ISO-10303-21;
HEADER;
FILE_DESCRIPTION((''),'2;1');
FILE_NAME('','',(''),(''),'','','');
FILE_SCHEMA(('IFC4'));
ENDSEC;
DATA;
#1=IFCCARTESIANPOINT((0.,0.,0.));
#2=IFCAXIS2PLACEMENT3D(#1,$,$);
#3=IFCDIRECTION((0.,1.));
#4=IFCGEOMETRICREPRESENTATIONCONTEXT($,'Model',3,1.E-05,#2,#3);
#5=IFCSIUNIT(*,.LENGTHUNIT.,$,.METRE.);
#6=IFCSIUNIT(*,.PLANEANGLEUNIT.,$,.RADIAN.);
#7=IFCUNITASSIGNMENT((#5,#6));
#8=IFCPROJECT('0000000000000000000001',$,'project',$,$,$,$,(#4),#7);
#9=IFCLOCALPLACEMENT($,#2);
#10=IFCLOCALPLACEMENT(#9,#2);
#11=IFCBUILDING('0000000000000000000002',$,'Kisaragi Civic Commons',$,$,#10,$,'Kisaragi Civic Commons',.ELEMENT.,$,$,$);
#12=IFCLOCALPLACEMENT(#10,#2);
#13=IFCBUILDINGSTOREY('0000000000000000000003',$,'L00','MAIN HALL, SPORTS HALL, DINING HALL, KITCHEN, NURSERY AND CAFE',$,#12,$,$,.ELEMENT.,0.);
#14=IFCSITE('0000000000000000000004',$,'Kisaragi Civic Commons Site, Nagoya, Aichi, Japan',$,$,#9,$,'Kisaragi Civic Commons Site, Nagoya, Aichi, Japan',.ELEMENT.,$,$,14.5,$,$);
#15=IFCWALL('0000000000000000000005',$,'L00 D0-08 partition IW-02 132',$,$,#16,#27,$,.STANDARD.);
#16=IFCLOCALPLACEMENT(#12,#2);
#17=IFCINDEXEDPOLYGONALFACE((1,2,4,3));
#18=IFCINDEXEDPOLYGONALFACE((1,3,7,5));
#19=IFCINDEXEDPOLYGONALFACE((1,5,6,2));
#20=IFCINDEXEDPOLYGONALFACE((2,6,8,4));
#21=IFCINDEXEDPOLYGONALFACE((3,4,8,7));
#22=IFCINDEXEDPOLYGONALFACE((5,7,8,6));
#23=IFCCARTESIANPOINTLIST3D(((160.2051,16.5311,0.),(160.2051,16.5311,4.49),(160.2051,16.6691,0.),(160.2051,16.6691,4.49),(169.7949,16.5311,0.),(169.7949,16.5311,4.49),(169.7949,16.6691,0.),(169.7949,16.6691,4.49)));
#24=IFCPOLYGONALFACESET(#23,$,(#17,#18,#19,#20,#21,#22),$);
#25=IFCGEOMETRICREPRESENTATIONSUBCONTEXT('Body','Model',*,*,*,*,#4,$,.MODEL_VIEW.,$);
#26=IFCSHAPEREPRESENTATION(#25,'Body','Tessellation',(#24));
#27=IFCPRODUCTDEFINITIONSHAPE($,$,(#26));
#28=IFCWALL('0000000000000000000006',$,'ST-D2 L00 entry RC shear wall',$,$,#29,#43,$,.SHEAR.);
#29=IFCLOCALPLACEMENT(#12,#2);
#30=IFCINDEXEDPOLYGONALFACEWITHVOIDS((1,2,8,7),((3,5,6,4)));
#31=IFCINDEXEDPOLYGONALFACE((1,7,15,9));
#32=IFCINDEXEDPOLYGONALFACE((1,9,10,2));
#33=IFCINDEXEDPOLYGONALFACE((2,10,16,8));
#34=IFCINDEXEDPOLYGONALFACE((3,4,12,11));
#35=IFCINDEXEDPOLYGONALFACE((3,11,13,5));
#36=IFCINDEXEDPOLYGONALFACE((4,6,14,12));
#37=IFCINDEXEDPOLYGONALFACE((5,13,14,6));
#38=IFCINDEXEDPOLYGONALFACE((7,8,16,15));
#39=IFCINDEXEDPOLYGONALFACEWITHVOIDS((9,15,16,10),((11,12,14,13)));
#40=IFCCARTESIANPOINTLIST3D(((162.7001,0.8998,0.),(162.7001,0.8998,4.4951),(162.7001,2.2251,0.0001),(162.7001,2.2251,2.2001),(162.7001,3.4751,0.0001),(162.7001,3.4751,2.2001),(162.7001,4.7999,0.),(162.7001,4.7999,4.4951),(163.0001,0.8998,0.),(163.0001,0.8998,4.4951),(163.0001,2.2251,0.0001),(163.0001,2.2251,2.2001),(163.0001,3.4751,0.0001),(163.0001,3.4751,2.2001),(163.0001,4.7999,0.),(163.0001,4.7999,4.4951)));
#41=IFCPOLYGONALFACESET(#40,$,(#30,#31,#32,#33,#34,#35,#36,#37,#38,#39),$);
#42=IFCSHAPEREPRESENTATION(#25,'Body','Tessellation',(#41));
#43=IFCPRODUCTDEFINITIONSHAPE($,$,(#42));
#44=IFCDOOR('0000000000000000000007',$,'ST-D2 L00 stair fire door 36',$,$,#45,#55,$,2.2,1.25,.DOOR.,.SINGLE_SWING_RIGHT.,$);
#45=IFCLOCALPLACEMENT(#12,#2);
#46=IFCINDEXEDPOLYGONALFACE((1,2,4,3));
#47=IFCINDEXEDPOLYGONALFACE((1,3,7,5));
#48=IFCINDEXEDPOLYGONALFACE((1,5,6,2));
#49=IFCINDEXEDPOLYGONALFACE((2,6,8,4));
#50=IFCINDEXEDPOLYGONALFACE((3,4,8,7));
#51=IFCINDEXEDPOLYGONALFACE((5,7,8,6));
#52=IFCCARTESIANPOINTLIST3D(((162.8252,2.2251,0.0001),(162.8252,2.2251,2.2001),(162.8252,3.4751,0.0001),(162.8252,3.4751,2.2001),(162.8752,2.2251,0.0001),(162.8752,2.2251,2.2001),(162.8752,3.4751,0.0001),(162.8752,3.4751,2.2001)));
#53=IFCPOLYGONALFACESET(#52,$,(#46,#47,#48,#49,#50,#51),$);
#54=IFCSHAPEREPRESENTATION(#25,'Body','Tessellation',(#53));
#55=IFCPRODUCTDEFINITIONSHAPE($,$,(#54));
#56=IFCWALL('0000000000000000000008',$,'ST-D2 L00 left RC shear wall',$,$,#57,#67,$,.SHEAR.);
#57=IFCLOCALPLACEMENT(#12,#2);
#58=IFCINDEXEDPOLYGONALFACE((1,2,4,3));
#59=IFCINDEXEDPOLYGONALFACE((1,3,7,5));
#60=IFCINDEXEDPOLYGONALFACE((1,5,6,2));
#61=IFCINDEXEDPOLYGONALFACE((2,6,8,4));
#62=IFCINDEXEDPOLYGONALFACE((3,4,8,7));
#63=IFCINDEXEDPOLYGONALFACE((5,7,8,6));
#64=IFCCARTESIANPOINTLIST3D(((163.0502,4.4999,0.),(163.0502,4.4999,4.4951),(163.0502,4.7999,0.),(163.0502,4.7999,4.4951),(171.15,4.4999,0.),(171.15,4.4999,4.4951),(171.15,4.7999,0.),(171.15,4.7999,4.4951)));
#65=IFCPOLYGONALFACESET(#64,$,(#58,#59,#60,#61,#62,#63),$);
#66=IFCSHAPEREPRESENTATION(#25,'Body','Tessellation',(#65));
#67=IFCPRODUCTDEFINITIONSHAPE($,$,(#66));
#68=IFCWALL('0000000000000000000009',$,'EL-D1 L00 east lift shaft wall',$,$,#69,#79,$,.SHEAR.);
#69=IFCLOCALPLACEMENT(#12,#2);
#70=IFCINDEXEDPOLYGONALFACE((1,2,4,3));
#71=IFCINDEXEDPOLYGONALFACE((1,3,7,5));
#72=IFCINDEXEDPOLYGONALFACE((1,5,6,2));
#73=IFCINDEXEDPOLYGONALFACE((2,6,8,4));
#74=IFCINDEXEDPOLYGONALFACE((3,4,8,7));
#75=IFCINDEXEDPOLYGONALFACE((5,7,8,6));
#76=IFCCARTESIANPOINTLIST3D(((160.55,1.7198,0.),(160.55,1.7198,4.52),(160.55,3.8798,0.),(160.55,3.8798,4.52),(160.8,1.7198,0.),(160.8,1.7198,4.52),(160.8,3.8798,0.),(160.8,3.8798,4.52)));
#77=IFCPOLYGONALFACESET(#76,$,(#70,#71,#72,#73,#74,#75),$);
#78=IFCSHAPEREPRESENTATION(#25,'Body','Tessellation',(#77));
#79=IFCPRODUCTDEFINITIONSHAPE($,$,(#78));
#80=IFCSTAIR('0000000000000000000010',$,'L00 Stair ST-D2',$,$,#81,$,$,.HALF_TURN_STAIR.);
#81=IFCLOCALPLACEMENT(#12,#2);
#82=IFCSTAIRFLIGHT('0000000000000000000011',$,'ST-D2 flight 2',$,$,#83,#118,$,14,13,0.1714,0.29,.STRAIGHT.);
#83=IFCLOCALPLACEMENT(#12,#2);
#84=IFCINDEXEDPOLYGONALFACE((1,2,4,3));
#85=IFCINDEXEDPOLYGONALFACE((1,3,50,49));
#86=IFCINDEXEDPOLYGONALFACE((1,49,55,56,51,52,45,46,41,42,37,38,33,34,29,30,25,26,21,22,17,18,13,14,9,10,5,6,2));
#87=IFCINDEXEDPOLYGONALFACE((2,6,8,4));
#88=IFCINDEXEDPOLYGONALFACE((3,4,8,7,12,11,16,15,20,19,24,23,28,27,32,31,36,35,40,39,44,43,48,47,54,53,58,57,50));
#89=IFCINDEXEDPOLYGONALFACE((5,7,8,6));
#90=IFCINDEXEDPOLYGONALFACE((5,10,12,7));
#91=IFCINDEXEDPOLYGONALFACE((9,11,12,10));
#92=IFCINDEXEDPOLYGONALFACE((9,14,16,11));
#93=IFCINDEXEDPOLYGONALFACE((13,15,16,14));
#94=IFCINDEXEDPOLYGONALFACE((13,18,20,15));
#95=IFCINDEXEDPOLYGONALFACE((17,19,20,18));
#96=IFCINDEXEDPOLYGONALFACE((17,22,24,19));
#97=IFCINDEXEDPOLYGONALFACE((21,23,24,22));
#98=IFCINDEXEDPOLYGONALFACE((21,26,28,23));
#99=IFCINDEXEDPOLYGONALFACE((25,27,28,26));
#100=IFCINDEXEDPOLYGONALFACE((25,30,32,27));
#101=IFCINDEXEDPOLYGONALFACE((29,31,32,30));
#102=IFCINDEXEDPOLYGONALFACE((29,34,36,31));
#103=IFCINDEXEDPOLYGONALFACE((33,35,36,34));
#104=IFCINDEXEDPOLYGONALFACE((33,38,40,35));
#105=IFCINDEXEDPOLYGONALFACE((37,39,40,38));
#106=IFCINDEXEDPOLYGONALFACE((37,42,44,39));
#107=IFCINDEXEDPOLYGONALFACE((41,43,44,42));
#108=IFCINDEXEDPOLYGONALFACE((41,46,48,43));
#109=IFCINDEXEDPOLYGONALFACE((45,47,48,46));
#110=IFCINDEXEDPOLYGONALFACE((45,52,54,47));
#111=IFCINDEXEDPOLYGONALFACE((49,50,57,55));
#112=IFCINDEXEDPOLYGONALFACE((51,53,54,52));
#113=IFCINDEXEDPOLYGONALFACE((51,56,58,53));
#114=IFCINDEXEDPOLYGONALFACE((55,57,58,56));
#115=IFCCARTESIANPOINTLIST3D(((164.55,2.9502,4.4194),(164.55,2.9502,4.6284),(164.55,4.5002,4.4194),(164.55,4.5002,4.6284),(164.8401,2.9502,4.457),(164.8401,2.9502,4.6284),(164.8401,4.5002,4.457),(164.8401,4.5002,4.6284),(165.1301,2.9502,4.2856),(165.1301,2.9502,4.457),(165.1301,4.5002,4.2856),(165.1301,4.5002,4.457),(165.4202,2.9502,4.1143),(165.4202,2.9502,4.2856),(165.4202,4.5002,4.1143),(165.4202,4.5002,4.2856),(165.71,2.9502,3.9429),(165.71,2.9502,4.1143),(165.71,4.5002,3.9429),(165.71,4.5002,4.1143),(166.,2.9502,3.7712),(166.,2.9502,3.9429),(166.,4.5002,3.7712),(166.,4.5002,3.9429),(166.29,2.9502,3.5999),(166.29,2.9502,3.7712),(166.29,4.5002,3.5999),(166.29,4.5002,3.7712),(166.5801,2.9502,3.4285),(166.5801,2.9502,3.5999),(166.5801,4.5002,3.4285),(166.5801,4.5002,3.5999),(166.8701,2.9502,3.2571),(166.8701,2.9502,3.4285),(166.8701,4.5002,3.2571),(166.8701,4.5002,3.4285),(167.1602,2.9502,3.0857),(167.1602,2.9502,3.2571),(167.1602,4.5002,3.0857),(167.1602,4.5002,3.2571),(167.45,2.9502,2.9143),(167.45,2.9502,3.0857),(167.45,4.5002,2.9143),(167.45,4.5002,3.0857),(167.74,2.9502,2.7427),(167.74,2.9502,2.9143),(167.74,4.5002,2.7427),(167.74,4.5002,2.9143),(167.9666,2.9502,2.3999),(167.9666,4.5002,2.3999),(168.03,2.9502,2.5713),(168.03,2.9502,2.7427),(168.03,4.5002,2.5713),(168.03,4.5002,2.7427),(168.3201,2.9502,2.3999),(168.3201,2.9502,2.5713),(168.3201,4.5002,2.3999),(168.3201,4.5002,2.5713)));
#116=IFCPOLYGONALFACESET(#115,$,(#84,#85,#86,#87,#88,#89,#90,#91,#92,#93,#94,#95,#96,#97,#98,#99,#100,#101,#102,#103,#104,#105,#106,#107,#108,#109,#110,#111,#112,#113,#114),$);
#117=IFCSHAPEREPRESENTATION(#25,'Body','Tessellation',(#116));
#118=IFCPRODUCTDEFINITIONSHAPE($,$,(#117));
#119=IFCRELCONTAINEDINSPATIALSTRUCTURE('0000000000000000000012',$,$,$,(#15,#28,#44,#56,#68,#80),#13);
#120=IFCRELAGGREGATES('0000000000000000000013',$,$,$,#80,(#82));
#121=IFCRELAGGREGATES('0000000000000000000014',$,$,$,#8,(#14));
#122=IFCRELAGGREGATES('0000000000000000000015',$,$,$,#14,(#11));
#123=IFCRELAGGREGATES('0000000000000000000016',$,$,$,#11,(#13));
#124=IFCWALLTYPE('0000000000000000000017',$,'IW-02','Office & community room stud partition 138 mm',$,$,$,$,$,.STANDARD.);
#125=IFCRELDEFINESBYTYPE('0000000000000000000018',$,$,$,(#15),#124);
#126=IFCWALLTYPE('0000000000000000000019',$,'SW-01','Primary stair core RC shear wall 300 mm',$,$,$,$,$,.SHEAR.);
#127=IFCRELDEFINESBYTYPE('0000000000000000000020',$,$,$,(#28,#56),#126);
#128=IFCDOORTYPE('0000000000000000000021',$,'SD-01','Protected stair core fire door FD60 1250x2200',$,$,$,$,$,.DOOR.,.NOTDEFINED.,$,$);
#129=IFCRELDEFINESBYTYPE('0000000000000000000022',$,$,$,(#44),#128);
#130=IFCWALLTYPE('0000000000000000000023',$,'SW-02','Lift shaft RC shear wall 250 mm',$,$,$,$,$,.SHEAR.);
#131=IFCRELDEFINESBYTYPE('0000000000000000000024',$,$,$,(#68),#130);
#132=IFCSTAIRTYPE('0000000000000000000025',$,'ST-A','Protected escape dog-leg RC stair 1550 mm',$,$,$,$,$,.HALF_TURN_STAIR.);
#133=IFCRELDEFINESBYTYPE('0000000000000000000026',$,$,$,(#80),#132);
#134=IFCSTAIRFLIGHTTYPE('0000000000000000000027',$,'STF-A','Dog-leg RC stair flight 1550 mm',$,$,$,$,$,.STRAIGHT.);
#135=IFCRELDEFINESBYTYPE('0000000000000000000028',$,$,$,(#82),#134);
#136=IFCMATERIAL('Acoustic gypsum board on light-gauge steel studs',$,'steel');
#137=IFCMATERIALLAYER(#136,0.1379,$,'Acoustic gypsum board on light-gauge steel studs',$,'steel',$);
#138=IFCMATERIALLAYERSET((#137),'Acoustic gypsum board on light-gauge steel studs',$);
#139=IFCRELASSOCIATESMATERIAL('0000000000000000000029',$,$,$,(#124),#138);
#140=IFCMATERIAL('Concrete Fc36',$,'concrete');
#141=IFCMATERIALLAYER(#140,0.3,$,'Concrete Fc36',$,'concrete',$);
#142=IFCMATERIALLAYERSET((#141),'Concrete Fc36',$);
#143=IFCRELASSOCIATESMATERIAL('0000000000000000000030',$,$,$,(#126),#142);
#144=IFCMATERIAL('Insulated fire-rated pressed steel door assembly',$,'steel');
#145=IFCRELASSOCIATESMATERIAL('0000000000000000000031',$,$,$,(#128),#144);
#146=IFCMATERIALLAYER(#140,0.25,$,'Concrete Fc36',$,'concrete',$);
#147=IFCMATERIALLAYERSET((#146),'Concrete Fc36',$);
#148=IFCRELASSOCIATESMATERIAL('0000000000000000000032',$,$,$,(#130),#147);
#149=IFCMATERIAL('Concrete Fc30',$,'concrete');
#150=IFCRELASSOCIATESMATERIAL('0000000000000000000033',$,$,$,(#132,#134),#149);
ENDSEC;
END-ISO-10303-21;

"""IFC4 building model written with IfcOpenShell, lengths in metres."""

from ifc_helpers import new_model, si_unit, direction, frame, frame_2d, origin, place, context, subcontext, project, spatial, polyline, rectangle, outline, extrude, material, layer, layer_set, type_object, element, fill, aggregate, save


model = new_model("IFC4")

# Units and contexts
model_context = context("Model", 3, precision=1e-05, world=origin(), true_north=direction((0.0, 1.0)))
body_context = subcontext(model_context, "Body", "Model", "MODEL_VIEW")
ifc_project = project(units=[si_unit("LENGTHUNIT", "METRE"), si_unit("PLANEANGLEUNIT", "RADIAN")], contexts=[model_context])

# Site, building, storey
site_placement = place(None, origin())
site = spatial("IfcSite", under=ifc_project, at=site_placement, Name="Kisaragi Civic Commons Site, Nagoya, Aichi, Japan", LongName="Kisaragi Civic Commons Site, Nagoya, Aichi, Japan", CompositionType="ELEMENT", RefElevation=14.5)
building_placement = place(site_placement, origin())
building = spatial("IfcBuilding", under=site, at=building_placement, Name="Kisaragi Civic Commons", LongName="Kisaragi Civic Commons", CompositionType="ELEMENT")
storey_placement = place(building_placement, origin())
storey = spatial("IfcBuildingStorey", under=building, at=storey_placement, Name="L00", Description="MAIN HALL, SPORTS HALL, DINING HALL, KITCHEN, NURSERY AND CAFE", CompositionType="ELEMENT", Elevation=0.0)

# Shared definitions
ifc_material_1 = material(Name="Concrete Fc36", Category="concrete")

# Shared definitions
ifc_material_2 = material(Name="Insulated fire-rated pressed steel door assembly", Category="steel")

# Shared definitions
ifc_material_3 = material(Name="Acoustic gypsum board on light-gauge steel studs", Category="steel")
ifc_layer_1 = layer(ifc_material_3, 0.1379, Name="Acoustic gypsum board on light-gauge steel studs", Category="steel")
ifc_layer_set_1 = layer_set([ifc_layer_1], Name="Acoustic gypsum board on light-gauge steel studs")
wall_type_1 = type_object("IfcWallType", Name="IW-02", Description="Office & community room stud partition 138 mm", PredefinedType="STANDARD", material=ifc_layer_set_1)

# Wall
wall_1_placement = place(storey_placement, frame((160.2051, 16.6001, 0.0), z_axis=(0.0, 0.0, 1.0), x_axis=(1.0, 0.0, 0.0)))
element("IfcWall", 1, at=wall_1_placement, inside=storey, type_object=wall_type_1, Name="L00 D0-08 partition IW-02 132", PredefinedType="STANDARD", context=body_context, shape_type="SweptSolid", body=[
    extrude(rectangle(XDim=9.5898, YDim=0.1379, at=frame_2d((4.7949, 0.0))), origin(), (0.0, 0.0, 1.0), 4.49),
])

# Wall, opening, door
ifc_layer_2 = layer(ifc_material_1, 0.3, Name="Concrete Fc36", Category="concrete")
ifc_layer_set_2 = layer_set([ifc_layer_2], Name="Concrete Fc36")
wall_type_2 = type_object("IfcWallType", Name="SW-01", Description="Primary stair core RC shear wall 300 mm", PredefinedType="SHEAR", material=ifc_layer_set_2)
wall_2_placement = place(storey_placement, frame((162.8501, 4.8, 0.0), z_axis=(0.0, 0.0, 1.0), x_axis=(0.0, -1.0, 0.0)))
wall_2 = element("IfcWall", 2, at=wall_2_placement, inside=storey, type_object=wall_type_2, Name="ST-D2 L00 entry RC shear wall", PredefinedType="SHEAR", context=body_context, shape_type="SweptSolid", body=[
    extrude(rectangle(XDim=3.9001, YDim=0.3, at=frame_2d((1.9502, 0.0))), origin(), (0.0, 0.0, 1.0), 4.4951),
])
opening_1_placement = place(wall_2_placement, frame((1.325, 0.0, 0.0)))
opening_1 = element("IfcOpeningElement", 3, at=opening_1_placement, cuts=wall_2, PredefinedType="OPENING", context=body_context, shape_type="SweptSolid", body=[
    extrude(rectangle(XDim=1.25, YDim=2.2, at=frame_2d((0.625, 1.1001))), frame((0.0, 0.1599, 0.0), z_axis=(0.0, -1.0, 0.0), x_axis=(1.0, 0.0, 0.0)), (0.0, 0.0, 1.0), 0.3201),
])
door_type_1 = type_object("IfcDoorType", Name="SD-01", Description="Protected stair core fire door FD60 1250x2200", OperationType="NOTDEFINED", PredefinedType="DOOR", material=ifc_material_2)
door_1_placement = place(opening_1_placement, frame((1.25, 0.0, 0.0), z_axis=(0.0, 0.0, 1.0), x_axis=(-1.0, 0.0, 0.0)))
door_1 = element("IfcDoor", 4, at=door_1_placement, inside=storey, type_object=door_type_1, Name="ST-D2 L00 stair fire door 36", OperationType="SINGLE_SWING_RIGHT", OverallHeight=2.2, OverallWidth=1.25, PredefinedType="DOOR", context=body_context, shape_type="SweptSolid", body=[
    extrude(rectangle(XDim=1.25, YDim=2.2, at=frame_2d((0.625, 1.1001))), frame((0.0, 0.0249, 0.0), z_axis=(0.0, -1.0, 0.0), x_axis=(1.0, 0.0, 0.0)), (0.0, 0.0, 1.0), 0.05),
])
fill(opening_1, door_1)

# Walls
wall_3_placement = place(storey_placement, frame((171.1499, 4.6499, 0.0), z_axis=(0.0, 0.0, 1.0), x_axis=(-1.0, 0.0, 0.0)))
element("IfcWall", 5, at=wall_3_placement, inside=storey, type_object=wall_type_2, Name="ST-D2 L00 left RC shear wall", PredefinedType="SHEAR", context=body_context, shape_type="SweptSolid", body=[
    extrude(rectangle(XDim=8.0999, YDim=0.3, at=frame_2d((4.0498, 0.0))), origin(), (0.0, 0.0, 1.0), 4.4951),
])
ifc_layer_3 = layer(ifc_material_1, 0.25, Name="Concrete Fc36", Category="concrete")
ifc_layer_set_3 = layer_set([ifc_layer_3], Name="Concrete Fc36")
wall_type_3 = type_object("IfcWallType", Name="SW-02", Description="Lift shaft RC shear wall 250 mm", PredefinedType="SHEAR", material=ifc_layer_set_3)
wall_4_placement = place(storey_placement, frame((160.675, 3.8799, 0.0), z_axis=(0.0, 0.0, 1.0), x_axis=(0.0, -1.0, 0.0)))
element("IfcWall", 6, at=wall_4_placement, inside=storey, type_object=wall_type_3, Name="EL-D1 L00 east lift shaft wall", PredefinedType="SHEAR", context=body_context, shape_type="SweptSolid", body=[
    extrude(rectangle(XDim=2.1599, YDim=0.25, at=frame_2d((1.0801, 0.0))), origin(), (0.0, 0.0, 1.0), 4.52),
])

# Stair, stair flight
ifc_material_4 = material(Name="Concrete Fc30", Category="concrete")
stair_type = type_object("IfcStairType", Name="ST-A", Description="Protected escape dog-leg RC stair 1550 mm", PredefinedType="HALF_TURN_STAIR", material=ifc_material_4)
stair_placement = place(storey_placement, origin())
stair = element("IfcStair", 7, at=stair_placement, inside=storey, type_object=stair_type, Name="L00 Stair ST-D2", PredefinedType="HALF_TURN_STAIR")
stair_flight_type = type_object("IfcStairFlightType", Name="STF-A", Description="Dog-leg RC stair flight 1550 mm", PredefinedType="STRAIGHT", material=ifc_material_4)
stair_flight_placement = place(storey_placement, frame((168.3201, 3.7251, 2.3999), z_axis=(0.0, 0.0, 1.0), x_axis=(-1.0, 0.0, 0.0)))
stair_flight = element("IfcStairFlight", 8, at=stair_flight_placement, type_object=stair_flight_type, Name="ST-D2 flight 2", NumberOfRisers=14, NumberOfTreads=13, PredefinedType="STRAIGHT", RiserHeight=0.1714, TreadLength=0.29, context=body_context, shape_type="SweptSolid", body=[
    extrude(outline(polyline([(0.0, 0.0), (0.0, 0.1714), (0.29, 0.1714), (0.29, 0.3428), (0.5801, 0.3428), (0.5801, 0.5144), (0.8701, 0.5144), (0.8701, 0.6858), (1.1599, 0.6858), (1.1599, 0.8572), (1.45, 0.8572), (1.45, 1.0286), (1.74, 1.0286), (1.74, 1.2), (2.03, 1.2), (2.03, 1.3713), (2.3201, 1.3713), (2.3201, 1.543), (2.6101, 1.543), (2.6101, 1.7144), (2.8999, 1.7144), (2.8999, 1.8857), (3.1899, 1.8857), (3.1899, 2.0571), (3.48, 2.0571), (3.48, 2.2285), (3.77, 2.2285), (3.77, 2.3999), (3.77, 2.0195), (0.3535, 0.0), (0.0, 0.0)])), frame((0.0, 0.7749, 0.0), z_axis=(0.0, -1.0, 0.0), x_axis=(1.0, 0.0, 0.0)), (0.0, 0.0, 1.0), 1.55),
])
aggregate(stair, [stair_flight])

save(model, "model.ifc")
